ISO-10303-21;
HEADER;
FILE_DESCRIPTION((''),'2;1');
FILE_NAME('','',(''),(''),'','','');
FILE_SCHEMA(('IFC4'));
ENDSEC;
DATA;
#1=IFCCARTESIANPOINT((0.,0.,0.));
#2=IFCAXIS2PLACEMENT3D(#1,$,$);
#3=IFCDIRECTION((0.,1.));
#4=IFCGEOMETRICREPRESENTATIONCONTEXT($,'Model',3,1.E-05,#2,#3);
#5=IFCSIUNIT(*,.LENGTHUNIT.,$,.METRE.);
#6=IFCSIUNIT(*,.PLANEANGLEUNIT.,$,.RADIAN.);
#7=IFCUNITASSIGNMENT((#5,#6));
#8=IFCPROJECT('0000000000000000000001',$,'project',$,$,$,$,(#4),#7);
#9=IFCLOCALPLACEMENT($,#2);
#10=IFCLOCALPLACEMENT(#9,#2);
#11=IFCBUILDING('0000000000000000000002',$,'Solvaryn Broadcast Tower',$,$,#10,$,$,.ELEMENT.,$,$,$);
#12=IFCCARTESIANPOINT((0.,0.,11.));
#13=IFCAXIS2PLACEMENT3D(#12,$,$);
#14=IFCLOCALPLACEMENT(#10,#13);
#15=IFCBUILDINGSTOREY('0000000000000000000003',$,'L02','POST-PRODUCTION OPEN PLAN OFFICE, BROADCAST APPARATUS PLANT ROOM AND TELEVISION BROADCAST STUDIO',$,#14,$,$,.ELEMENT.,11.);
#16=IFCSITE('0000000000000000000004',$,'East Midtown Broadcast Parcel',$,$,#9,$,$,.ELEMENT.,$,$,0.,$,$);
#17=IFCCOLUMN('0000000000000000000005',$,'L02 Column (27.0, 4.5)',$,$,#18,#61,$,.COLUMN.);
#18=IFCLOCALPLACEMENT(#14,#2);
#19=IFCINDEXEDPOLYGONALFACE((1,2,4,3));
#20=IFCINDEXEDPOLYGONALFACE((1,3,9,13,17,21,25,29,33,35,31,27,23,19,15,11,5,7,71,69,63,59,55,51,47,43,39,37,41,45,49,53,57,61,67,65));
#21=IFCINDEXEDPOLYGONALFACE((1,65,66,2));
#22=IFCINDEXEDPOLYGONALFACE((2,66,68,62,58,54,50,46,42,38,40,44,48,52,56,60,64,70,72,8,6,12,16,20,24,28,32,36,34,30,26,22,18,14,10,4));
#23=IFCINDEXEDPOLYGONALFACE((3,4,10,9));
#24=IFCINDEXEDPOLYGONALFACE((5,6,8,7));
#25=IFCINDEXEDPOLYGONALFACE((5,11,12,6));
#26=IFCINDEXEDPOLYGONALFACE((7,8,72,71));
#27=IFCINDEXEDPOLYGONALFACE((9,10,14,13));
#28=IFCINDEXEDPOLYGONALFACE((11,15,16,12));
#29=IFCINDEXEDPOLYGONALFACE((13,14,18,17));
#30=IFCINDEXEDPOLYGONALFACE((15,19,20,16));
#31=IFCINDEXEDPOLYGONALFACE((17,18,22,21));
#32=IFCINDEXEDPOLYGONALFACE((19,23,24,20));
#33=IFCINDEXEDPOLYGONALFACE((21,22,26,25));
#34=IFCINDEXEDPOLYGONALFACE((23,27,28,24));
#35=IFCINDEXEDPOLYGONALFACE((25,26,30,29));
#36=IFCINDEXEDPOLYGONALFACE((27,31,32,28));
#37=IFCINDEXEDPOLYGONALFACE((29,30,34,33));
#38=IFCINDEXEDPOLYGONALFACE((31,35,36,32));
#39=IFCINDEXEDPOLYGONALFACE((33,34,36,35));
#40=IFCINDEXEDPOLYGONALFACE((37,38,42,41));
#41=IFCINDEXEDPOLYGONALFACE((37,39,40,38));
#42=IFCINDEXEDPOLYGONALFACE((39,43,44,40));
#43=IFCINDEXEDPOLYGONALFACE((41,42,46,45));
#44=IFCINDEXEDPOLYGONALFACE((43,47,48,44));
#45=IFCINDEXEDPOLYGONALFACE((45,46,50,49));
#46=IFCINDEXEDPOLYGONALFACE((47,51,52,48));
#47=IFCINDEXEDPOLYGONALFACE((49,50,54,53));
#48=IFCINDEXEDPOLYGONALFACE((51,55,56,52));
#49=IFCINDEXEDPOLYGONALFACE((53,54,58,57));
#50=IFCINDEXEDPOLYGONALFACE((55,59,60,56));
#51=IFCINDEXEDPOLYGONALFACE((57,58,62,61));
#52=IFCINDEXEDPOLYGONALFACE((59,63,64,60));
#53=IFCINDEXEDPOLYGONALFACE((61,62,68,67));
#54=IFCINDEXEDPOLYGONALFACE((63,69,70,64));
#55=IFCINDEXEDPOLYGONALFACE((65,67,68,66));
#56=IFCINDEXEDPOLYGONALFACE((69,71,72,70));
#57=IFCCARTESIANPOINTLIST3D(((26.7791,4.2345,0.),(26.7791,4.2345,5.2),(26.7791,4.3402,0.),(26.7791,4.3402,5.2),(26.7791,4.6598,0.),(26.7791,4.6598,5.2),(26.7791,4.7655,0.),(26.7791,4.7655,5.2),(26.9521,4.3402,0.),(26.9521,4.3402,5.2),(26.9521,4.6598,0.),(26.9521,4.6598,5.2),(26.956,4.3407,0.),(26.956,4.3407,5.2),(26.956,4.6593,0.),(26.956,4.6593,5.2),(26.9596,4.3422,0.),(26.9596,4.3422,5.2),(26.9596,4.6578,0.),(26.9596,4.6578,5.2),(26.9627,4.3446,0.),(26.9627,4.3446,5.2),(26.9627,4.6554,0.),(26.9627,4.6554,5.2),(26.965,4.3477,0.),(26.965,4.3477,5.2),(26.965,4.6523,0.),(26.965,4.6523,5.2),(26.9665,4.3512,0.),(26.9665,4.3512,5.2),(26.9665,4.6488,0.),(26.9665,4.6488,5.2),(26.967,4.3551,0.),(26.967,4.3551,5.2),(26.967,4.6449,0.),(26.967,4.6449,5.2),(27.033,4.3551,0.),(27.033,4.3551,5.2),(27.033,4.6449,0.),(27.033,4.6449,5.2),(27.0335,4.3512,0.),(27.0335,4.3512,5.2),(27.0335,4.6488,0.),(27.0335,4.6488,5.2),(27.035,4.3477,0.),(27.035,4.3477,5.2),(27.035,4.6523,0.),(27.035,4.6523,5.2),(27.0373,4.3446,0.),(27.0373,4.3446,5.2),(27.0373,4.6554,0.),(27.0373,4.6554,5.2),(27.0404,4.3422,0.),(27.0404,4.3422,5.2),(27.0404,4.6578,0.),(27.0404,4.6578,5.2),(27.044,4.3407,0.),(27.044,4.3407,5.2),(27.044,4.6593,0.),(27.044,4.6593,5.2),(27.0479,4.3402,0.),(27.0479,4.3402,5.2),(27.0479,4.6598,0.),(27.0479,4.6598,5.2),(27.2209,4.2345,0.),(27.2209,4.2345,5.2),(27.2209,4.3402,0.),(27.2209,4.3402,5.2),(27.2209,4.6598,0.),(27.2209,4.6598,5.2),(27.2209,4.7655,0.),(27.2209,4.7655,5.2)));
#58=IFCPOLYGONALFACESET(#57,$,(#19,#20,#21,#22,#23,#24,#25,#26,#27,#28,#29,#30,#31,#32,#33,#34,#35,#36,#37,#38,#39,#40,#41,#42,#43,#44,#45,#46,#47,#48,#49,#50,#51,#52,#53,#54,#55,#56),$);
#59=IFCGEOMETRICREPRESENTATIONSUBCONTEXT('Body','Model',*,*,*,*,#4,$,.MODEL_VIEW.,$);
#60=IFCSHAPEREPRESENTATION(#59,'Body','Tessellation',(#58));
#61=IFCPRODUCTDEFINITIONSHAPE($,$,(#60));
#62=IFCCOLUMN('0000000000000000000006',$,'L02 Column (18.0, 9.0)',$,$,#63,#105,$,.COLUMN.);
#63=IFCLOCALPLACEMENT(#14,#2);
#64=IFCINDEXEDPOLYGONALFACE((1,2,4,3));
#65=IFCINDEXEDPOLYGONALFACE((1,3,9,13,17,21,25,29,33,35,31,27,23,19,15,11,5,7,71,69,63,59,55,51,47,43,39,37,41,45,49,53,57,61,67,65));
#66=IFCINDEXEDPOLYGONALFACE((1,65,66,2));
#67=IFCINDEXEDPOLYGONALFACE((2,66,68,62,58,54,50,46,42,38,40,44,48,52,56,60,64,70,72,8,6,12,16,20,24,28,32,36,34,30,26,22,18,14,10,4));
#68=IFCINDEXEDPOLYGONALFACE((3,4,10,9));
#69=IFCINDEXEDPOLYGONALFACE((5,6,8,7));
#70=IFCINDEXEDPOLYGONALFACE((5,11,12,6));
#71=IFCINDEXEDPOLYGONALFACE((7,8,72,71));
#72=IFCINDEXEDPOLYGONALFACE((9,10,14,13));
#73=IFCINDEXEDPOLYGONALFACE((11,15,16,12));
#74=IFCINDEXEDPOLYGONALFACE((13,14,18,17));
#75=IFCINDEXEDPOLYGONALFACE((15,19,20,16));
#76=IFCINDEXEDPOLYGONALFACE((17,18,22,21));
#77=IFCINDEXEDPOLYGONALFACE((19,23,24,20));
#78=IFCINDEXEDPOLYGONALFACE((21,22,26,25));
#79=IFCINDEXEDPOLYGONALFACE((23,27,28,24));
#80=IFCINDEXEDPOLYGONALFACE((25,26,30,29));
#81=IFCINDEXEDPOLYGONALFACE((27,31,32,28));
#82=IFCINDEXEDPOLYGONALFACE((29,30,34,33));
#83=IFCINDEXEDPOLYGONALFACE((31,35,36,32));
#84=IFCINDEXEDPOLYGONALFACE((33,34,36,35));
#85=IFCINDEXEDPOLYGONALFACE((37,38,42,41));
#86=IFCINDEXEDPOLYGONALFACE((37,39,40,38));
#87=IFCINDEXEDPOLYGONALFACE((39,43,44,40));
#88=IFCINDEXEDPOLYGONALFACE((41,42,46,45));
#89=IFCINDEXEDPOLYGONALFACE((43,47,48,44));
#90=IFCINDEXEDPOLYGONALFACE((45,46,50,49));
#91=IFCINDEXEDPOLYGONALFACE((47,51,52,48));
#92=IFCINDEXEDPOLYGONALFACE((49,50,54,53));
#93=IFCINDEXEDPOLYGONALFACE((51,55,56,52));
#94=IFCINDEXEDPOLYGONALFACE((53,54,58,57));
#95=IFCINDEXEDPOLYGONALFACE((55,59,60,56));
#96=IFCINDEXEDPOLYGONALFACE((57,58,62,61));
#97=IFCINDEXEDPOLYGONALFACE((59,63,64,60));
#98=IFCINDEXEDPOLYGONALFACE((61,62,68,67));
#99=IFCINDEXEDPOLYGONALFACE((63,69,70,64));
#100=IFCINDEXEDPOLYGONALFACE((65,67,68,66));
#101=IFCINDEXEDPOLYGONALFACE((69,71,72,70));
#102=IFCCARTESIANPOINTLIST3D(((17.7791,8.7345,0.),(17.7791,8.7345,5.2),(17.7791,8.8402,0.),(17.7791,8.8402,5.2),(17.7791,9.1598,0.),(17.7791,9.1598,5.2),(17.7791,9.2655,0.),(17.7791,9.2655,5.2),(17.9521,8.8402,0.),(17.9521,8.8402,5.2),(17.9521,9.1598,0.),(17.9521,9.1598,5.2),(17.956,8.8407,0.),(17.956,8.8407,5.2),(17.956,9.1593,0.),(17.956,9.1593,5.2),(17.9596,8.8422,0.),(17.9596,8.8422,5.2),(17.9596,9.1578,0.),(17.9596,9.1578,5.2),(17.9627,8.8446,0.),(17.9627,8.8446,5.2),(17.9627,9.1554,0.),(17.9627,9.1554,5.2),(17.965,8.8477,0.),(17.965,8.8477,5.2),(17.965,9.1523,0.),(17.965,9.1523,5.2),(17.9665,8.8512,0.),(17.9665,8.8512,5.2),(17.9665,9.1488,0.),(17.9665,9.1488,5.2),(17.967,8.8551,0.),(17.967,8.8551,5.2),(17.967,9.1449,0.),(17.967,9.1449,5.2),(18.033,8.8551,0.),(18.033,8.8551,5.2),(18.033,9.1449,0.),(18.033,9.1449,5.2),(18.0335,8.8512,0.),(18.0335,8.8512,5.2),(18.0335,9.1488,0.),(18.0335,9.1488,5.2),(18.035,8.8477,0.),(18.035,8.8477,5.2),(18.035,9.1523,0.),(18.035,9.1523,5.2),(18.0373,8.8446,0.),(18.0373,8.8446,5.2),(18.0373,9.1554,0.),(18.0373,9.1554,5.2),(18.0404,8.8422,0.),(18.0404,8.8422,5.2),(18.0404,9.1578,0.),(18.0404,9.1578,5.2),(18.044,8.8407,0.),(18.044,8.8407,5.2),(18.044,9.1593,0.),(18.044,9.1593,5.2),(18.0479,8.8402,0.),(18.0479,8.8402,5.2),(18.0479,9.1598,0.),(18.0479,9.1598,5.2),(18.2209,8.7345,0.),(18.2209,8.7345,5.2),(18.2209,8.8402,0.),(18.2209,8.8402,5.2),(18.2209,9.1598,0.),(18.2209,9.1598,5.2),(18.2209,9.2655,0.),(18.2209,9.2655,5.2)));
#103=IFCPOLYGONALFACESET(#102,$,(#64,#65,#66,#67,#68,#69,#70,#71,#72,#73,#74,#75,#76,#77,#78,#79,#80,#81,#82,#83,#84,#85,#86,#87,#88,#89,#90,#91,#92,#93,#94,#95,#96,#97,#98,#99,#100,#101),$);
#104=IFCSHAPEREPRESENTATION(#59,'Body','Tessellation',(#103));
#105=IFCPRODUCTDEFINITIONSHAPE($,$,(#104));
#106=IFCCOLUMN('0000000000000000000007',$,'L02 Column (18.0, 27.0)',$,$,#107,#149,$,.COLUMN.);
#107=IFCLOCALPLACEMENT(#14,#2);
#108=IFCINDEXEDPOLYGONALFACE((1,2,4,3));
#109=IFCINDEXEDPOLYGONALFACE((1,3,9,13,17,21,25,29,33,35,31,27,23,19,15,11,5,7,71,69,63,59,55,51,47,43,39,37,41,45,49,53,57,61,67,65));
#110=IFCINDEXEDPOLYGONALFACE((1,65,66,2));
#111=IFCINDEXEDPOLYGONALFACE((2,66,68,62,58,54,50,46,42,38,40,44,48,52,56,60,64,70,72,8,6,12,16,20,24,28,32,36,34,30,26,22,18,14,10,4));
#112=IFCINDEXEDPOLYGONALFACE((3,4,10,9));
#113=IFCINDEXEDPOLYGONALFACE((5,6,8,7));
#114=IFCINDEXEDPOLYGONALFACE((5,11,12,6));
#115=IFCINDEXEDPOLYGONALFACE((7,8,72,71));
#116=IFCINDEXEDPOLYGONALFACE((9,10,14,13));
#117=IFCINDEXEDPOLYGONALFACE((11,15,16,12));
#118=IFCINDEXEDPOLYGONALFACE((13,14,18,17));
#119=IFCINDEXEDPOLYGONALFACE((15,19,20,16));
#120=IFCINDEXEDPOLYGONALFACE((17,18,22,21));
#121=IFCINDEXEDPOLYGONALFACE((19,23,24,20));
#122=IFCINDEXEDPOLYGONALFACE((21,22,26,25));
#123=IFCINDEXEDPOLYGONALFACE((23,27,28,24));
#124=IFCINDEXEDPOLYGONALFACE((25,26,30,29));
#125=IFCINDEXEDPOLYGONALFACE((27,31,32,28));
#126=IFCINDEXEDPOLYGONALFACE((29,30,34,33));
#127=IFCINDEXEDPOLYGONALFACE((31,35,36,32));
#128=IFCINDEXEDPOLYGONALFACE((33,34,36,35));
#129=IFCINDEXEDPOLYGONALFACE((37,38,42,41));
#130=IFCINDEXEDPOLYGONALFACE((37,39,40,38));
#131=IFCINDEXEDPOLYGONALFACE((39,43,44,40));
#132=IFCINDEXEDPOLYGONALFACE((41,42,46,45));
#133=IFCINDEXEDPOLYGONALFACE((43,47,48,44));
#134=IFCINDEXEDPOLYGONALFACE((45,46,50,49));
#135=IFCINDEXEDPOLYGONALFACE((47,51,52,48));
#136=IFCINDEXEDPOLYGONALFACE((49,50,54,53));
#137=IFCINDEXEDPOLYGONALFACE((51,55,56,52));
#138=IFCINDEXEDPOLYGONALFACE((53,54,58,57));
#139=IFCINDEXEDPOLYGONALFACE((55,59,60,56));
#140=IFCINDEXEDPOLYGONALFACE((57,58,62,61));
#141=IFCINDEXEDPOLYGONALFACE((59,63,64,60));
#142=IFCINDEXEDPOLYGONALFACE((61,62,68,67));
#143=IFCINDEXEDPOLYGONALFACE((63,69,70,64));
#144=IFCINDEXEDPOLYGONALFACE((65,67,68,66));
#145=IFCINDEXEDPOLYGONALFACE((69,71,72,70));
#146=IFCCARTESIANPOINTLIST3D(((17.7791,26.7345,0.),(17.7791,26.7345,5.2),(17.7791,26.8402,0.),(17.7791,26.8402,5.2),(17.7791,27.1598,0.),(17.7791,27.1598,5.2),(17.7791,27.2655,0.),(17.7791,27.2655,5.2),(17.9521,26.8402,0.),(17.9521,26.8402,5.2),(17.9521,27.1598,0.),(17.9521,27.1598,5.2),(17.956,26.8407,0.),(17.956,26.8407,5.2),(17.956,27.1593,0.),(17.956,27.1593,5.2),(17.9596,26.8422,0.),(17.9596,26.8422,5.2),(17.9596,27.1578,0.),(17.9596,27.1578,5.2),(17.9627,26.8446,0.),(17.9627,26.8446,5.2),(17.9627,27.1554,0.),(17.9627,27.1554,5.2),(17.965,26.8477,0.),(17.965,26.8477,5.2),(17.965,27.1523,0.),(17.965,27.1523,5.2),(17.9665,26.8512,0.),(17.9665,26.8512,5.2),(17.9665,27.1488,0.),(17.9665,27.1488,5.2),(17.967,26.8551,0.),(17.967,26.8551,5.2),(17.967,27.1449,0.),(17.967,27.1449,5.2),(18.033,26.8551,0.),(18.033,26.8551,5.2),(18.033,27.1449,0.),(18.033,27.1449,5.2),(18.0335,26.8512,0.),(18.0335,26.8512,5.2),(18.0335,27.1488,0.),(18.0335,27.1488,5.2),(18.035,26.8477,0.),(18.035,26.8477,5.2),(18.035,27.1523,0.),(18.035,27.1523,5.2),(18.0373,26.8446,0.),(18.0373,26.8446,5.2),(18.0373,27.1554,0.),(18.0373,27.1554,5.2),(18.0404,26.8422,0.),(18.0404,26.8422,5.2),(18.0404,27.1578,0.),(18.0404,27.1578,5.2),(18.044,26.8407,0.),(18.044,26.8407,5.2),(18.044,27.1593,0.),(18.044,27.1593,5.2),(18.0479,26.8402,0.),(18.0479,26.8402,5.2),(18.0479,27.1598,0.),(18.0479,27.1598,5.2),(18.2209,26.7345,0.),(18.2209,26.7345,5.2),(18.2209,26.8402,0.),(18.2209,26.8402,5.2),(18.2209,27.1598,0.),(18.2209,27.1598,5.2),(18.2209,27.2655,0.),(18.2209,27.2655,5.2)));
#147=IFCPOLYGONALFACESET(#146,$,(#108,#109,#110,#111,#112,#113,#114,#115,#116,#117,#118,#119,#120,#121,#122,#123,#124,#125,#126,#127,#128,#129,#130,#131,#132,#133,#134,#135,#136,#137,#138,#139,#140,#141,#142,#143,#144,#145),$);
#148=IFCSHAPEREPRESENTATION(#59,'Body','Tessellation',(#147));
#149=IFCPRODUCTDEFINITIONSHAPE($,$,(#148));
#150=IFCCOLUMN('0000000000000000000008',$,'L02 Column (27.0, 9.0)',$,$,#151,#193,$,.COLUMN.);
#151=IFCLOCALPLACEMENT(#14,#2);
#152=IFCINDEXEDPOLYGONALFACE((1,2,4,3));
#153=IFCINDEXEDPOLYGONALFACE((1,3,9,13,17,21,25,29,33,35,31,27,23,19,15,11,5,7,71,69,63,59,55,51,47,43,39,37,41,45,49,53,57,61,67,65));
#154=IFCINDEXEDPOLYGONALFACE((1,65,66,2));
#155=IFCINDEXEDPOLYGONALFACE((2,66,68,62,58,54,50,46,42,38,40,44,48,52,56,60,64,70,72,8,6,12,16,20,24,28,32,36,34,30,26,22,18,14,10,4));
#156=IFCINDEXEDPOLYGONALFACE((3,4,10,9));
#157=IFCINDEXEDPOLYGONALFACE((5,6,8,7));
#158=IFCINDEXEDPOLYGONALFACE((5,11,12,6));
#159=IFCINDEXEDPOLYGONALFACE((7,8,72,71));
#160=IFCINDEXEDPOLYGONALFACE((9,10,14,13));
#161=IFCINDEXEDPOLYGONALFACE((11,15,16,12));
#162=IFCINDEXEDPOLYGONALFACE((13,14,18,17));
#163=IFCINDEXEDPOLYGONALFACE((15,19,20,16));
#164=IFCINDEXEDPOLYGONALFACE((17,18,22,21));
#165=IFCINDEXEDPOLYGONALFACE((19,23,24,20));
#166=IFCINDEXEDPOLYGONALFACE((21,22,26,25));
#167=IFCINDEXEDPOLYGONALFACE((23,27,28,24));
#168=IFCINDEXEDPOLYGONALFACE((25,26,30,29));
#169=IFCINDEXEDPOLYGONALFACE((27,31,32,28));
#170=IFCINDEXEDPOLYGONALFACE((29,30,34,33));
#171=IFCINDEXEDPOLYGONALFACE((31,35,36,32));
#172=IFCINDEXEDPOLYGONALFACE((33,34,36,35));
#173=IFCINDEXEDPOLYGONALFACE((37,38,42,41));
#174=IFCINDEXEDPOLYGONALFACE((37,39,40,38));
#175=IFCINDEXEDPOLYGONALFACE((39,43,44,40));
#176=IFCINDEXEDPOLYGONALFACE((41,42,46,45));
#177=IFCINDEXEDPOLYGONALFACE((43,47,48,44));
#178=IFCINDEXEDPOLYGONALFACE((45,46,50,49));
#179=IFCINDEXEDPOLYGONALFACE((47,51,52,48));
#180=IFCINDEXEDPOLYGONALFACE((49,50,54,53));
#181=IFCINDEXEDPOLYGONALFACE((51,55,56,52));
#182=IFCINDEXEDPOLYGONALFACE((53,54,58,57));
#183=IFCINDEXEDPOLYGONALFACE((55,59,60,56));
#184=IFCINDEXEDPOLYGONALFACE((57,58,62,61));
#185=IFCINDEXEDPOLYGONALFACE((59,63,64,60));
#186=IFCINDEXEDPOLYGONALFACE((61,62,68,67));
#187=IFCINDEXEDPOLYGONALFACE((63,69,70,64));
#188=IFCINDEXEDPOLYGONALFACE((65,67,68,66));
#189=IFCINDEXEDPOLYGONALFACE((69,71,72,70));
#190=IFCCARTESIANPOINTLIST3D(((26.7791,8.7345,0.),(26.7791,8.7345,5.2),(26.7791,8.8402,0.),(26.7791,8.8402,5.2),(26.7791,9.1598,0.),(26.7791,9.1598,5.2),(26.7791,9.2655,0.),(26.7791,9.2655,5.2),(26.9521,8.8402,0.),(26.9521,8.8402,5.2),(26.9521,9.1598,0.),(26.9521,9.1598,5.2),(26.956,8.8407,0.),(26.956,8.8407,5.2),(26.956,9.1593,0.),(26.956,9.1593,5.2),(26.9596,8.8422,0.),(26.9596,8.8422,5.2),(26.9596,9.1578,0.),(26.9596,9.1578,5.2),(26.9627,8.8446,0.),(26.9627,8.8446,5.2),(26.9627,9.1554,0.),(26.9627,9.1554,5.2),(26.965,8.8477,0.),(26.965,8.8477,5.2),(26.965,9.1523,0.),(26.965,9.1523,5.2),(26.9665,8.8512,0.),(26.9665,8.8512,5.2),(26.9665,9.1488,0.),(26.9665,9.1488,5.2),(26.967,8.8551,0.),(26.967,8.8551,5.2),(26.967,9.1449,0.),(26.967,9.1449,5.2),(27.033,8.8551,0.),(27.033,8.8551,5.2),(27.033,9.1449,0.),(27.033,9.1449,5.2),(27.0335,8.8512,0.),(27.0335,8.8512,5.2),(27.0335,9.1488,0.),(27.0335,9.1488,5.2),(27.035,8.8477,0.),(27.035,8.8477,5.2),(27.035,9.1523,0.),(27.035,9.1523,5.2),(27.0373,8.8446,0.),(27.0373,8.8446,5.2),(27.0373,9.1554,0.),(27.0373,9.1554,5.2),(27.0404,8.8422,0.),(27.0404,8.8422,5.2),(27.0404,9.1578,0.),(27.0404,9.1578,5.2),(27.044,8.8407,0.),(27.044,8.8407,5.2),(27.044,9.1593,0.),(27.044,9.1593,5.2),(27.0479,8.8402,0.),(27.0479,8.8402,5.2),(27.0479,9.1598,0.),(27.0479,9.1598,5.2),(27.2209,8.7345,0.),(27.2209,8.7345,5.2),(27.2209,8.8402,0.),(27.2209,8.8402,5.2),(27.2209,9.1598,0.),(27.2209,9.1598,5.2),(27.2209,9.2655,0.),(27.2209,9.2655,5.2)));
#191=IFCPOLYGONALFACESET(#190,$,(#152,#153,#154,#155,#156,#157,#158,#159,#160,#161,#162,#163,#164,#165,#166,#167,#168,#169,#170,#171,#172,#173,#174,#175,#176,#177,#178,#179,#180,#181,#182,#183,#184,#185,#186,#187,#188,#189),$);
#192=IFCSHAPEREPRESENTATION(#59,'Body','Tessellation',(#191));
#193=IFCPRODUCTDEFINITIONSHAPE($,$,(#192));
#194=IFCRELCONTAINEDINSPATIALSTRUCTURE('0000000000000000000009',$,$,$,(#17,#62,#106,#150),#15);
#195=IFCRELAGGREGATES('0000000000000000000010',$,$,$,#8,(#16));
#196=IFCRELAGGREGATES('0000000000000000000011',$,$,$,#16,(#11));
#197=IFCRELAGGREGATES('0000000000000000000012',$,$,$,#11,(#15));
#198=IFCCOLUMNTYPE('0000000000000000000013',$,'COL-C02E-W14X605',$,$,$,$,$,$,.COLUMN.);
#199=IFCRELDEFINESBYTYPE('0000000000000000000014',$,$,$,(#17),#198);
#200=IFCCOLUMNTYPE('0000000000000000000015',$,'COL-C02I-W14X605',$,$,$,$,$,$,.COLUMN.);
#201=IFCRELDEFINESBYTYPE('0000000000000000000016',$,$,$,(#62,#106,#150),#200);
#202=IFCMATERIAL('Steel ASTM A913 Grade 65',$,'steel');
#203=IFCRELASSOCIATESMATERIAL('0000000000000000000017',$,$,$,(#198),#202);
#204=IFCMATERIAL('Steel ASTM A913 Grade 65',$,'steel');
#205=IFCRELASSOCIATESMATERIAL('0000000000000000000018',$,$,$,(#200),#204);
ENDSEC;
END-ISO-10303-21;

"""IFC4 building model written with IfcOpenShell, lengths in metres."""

from ifc_helpers import new_model, si_unit, direction, frame, origin, origin_2d, place, context, subcontext, project, spatial, i_section, extrude, material, material_profile, profile_set, type_object, element, save


model = new_model("IFC4")

# Units and contexts
model_context = context("Model", 3, precision=1e-05, world=origin(), true_north=direction((0.0, 1.0)))
body_context = subcontext(model_context, "Body", "Model", "MODEL_VIEW")
ifc_project = project(units=[si_unit("LENGTHUNIT", "METRE"), si_unit("PLANEANGLEUNIT", "RADIAN")], contexts=[model_context])

# Site, building, storey
site_placement = place(None, origin())
site = spatial("IfcSite", under=ifc_project, at=site_placement, Name="East Midtown Broadcast Parcel", CompositionType="ELEMENT", RefElevation=0.0)
building_placement = place(site_placement, origin())
building = spatial("IfcBuilding", under=site, at=building_placement, Name="Solvaryn Broadcast Tower", CompositionType="ELEMENT")
storey_placement = place(building_placement, frame((0.0, 0.0, 11.0)))
storey = spatial("IfcBuildingStorey", under=building, at=storey_placement, Name="L02", Description="POST-PRODUCTION OPEN PLAN OFFICE, BROADCAST APPARATUS PLANT ROOM AND TELEVISION BROADCAST STUDIO", CompositionType="ELEMENT", Elevation=11.0)

# Columns
ifc_material_1 = material(Name="Steel ASTM A913 Grade 65", Category="steel")
ifc_material_profile_1 = material_profile(ifc_material_1, i_section(OverallWidth=0.4419, OverallDepth=0.531, WebThickness=0.0659, FlangeThickness=0.1057, FilletRadius=0.0149, at=origin_2d()))
ifc_profile_set_1 = profile_set([ifc_material_profile_1], Name="Steel ASTM A913 Grade 65")
column_type_1 = type_object("IfcColumnType", Name="COL-C02E-W14X605", PredefinedType="COLUMN", material=ifc_profile_set_1)
column_placement = place(storey_placement, frame((27.0, 4.5, 0.0), z_axis=(0.0, 0.0, 1.0), x_axis=(1.0, 0.0, 0.0)))
element("IfcColumn", 1, at=column_placement, inside=storey, type_object=column_type_1, Name="L02 Column (27.0, 4.5)", PredefinedType="COLUMN", context=body_context, shape_type="SweptSolid", body=[
    extrude(i_section(OverallWidth=0.4419, OverallDepth=0.531, WebThickness=0.0659, FlangeThickness=0.1057, FilletRadius=0.0149, at=origin_2d()), origin(), (0.0, 0.0, 1.0), 5.2),
])
ifc_material_2 = material(Name="Steel ASTM A913 Grade 65", Category="steel")
ifc_material_profile_2 = material_profile(ifc_material_2, i_section(OverallWidth=0.4419, OverallDepth=0.531, WebThickness=0.0659, FlangeThickness=0.1057, FilletRadius=0.0149, at=origin_2d()))
ifc_profile_set_2 = profile_set([ifc_material_profile_2], Name="Steel ASTM A913 Grade 65")
column_type_2 = type_object("IfcColumnType", Name="COL-C02I-W14X605", PredefinedType="COLUMN", material=ifc_profile_set_2)
for number, where, z_axis, x_axis, name in (
    (2, (18.0, 9.0, 0.0), (0.0, 0.0, 1.0), (1.0, 0.0, 0.0), "L02 Column (18.0, 9.0)"),
    (3, (18.0, 27.0, 0.0), (0.0, 0.0, 1.0), (1.0, 0.0, 0.0), "L02 Column (18.0, 27.0)"),
    (4, (27.0, 9.0, 0.0), (0.0, 0.0, 1.0), (1.0, 0.0, 0.0), "L02 Column (27.0, 9.0)"),
):
    element("IfcColumn", number, at=place(storey_placement, frame(where, z_axis=z_axis, x_axis=x_axis)), inside=storey, type_object=column_type_2, Name=name, PredefinedType="COLUMN", context=body_context, shape_type="SweptSolid", body=[
        extrude(i_section(OverallWidth=0.4419, OverallDepth=0.531, WebThickness=0.0659, FlangeThickness=0.1057, FilletRadius=0.0149, at=origin_2d()), origin(), (0.0, 0.0, 1.0), 5.2),
    ])

save(model, "model.ifc")
